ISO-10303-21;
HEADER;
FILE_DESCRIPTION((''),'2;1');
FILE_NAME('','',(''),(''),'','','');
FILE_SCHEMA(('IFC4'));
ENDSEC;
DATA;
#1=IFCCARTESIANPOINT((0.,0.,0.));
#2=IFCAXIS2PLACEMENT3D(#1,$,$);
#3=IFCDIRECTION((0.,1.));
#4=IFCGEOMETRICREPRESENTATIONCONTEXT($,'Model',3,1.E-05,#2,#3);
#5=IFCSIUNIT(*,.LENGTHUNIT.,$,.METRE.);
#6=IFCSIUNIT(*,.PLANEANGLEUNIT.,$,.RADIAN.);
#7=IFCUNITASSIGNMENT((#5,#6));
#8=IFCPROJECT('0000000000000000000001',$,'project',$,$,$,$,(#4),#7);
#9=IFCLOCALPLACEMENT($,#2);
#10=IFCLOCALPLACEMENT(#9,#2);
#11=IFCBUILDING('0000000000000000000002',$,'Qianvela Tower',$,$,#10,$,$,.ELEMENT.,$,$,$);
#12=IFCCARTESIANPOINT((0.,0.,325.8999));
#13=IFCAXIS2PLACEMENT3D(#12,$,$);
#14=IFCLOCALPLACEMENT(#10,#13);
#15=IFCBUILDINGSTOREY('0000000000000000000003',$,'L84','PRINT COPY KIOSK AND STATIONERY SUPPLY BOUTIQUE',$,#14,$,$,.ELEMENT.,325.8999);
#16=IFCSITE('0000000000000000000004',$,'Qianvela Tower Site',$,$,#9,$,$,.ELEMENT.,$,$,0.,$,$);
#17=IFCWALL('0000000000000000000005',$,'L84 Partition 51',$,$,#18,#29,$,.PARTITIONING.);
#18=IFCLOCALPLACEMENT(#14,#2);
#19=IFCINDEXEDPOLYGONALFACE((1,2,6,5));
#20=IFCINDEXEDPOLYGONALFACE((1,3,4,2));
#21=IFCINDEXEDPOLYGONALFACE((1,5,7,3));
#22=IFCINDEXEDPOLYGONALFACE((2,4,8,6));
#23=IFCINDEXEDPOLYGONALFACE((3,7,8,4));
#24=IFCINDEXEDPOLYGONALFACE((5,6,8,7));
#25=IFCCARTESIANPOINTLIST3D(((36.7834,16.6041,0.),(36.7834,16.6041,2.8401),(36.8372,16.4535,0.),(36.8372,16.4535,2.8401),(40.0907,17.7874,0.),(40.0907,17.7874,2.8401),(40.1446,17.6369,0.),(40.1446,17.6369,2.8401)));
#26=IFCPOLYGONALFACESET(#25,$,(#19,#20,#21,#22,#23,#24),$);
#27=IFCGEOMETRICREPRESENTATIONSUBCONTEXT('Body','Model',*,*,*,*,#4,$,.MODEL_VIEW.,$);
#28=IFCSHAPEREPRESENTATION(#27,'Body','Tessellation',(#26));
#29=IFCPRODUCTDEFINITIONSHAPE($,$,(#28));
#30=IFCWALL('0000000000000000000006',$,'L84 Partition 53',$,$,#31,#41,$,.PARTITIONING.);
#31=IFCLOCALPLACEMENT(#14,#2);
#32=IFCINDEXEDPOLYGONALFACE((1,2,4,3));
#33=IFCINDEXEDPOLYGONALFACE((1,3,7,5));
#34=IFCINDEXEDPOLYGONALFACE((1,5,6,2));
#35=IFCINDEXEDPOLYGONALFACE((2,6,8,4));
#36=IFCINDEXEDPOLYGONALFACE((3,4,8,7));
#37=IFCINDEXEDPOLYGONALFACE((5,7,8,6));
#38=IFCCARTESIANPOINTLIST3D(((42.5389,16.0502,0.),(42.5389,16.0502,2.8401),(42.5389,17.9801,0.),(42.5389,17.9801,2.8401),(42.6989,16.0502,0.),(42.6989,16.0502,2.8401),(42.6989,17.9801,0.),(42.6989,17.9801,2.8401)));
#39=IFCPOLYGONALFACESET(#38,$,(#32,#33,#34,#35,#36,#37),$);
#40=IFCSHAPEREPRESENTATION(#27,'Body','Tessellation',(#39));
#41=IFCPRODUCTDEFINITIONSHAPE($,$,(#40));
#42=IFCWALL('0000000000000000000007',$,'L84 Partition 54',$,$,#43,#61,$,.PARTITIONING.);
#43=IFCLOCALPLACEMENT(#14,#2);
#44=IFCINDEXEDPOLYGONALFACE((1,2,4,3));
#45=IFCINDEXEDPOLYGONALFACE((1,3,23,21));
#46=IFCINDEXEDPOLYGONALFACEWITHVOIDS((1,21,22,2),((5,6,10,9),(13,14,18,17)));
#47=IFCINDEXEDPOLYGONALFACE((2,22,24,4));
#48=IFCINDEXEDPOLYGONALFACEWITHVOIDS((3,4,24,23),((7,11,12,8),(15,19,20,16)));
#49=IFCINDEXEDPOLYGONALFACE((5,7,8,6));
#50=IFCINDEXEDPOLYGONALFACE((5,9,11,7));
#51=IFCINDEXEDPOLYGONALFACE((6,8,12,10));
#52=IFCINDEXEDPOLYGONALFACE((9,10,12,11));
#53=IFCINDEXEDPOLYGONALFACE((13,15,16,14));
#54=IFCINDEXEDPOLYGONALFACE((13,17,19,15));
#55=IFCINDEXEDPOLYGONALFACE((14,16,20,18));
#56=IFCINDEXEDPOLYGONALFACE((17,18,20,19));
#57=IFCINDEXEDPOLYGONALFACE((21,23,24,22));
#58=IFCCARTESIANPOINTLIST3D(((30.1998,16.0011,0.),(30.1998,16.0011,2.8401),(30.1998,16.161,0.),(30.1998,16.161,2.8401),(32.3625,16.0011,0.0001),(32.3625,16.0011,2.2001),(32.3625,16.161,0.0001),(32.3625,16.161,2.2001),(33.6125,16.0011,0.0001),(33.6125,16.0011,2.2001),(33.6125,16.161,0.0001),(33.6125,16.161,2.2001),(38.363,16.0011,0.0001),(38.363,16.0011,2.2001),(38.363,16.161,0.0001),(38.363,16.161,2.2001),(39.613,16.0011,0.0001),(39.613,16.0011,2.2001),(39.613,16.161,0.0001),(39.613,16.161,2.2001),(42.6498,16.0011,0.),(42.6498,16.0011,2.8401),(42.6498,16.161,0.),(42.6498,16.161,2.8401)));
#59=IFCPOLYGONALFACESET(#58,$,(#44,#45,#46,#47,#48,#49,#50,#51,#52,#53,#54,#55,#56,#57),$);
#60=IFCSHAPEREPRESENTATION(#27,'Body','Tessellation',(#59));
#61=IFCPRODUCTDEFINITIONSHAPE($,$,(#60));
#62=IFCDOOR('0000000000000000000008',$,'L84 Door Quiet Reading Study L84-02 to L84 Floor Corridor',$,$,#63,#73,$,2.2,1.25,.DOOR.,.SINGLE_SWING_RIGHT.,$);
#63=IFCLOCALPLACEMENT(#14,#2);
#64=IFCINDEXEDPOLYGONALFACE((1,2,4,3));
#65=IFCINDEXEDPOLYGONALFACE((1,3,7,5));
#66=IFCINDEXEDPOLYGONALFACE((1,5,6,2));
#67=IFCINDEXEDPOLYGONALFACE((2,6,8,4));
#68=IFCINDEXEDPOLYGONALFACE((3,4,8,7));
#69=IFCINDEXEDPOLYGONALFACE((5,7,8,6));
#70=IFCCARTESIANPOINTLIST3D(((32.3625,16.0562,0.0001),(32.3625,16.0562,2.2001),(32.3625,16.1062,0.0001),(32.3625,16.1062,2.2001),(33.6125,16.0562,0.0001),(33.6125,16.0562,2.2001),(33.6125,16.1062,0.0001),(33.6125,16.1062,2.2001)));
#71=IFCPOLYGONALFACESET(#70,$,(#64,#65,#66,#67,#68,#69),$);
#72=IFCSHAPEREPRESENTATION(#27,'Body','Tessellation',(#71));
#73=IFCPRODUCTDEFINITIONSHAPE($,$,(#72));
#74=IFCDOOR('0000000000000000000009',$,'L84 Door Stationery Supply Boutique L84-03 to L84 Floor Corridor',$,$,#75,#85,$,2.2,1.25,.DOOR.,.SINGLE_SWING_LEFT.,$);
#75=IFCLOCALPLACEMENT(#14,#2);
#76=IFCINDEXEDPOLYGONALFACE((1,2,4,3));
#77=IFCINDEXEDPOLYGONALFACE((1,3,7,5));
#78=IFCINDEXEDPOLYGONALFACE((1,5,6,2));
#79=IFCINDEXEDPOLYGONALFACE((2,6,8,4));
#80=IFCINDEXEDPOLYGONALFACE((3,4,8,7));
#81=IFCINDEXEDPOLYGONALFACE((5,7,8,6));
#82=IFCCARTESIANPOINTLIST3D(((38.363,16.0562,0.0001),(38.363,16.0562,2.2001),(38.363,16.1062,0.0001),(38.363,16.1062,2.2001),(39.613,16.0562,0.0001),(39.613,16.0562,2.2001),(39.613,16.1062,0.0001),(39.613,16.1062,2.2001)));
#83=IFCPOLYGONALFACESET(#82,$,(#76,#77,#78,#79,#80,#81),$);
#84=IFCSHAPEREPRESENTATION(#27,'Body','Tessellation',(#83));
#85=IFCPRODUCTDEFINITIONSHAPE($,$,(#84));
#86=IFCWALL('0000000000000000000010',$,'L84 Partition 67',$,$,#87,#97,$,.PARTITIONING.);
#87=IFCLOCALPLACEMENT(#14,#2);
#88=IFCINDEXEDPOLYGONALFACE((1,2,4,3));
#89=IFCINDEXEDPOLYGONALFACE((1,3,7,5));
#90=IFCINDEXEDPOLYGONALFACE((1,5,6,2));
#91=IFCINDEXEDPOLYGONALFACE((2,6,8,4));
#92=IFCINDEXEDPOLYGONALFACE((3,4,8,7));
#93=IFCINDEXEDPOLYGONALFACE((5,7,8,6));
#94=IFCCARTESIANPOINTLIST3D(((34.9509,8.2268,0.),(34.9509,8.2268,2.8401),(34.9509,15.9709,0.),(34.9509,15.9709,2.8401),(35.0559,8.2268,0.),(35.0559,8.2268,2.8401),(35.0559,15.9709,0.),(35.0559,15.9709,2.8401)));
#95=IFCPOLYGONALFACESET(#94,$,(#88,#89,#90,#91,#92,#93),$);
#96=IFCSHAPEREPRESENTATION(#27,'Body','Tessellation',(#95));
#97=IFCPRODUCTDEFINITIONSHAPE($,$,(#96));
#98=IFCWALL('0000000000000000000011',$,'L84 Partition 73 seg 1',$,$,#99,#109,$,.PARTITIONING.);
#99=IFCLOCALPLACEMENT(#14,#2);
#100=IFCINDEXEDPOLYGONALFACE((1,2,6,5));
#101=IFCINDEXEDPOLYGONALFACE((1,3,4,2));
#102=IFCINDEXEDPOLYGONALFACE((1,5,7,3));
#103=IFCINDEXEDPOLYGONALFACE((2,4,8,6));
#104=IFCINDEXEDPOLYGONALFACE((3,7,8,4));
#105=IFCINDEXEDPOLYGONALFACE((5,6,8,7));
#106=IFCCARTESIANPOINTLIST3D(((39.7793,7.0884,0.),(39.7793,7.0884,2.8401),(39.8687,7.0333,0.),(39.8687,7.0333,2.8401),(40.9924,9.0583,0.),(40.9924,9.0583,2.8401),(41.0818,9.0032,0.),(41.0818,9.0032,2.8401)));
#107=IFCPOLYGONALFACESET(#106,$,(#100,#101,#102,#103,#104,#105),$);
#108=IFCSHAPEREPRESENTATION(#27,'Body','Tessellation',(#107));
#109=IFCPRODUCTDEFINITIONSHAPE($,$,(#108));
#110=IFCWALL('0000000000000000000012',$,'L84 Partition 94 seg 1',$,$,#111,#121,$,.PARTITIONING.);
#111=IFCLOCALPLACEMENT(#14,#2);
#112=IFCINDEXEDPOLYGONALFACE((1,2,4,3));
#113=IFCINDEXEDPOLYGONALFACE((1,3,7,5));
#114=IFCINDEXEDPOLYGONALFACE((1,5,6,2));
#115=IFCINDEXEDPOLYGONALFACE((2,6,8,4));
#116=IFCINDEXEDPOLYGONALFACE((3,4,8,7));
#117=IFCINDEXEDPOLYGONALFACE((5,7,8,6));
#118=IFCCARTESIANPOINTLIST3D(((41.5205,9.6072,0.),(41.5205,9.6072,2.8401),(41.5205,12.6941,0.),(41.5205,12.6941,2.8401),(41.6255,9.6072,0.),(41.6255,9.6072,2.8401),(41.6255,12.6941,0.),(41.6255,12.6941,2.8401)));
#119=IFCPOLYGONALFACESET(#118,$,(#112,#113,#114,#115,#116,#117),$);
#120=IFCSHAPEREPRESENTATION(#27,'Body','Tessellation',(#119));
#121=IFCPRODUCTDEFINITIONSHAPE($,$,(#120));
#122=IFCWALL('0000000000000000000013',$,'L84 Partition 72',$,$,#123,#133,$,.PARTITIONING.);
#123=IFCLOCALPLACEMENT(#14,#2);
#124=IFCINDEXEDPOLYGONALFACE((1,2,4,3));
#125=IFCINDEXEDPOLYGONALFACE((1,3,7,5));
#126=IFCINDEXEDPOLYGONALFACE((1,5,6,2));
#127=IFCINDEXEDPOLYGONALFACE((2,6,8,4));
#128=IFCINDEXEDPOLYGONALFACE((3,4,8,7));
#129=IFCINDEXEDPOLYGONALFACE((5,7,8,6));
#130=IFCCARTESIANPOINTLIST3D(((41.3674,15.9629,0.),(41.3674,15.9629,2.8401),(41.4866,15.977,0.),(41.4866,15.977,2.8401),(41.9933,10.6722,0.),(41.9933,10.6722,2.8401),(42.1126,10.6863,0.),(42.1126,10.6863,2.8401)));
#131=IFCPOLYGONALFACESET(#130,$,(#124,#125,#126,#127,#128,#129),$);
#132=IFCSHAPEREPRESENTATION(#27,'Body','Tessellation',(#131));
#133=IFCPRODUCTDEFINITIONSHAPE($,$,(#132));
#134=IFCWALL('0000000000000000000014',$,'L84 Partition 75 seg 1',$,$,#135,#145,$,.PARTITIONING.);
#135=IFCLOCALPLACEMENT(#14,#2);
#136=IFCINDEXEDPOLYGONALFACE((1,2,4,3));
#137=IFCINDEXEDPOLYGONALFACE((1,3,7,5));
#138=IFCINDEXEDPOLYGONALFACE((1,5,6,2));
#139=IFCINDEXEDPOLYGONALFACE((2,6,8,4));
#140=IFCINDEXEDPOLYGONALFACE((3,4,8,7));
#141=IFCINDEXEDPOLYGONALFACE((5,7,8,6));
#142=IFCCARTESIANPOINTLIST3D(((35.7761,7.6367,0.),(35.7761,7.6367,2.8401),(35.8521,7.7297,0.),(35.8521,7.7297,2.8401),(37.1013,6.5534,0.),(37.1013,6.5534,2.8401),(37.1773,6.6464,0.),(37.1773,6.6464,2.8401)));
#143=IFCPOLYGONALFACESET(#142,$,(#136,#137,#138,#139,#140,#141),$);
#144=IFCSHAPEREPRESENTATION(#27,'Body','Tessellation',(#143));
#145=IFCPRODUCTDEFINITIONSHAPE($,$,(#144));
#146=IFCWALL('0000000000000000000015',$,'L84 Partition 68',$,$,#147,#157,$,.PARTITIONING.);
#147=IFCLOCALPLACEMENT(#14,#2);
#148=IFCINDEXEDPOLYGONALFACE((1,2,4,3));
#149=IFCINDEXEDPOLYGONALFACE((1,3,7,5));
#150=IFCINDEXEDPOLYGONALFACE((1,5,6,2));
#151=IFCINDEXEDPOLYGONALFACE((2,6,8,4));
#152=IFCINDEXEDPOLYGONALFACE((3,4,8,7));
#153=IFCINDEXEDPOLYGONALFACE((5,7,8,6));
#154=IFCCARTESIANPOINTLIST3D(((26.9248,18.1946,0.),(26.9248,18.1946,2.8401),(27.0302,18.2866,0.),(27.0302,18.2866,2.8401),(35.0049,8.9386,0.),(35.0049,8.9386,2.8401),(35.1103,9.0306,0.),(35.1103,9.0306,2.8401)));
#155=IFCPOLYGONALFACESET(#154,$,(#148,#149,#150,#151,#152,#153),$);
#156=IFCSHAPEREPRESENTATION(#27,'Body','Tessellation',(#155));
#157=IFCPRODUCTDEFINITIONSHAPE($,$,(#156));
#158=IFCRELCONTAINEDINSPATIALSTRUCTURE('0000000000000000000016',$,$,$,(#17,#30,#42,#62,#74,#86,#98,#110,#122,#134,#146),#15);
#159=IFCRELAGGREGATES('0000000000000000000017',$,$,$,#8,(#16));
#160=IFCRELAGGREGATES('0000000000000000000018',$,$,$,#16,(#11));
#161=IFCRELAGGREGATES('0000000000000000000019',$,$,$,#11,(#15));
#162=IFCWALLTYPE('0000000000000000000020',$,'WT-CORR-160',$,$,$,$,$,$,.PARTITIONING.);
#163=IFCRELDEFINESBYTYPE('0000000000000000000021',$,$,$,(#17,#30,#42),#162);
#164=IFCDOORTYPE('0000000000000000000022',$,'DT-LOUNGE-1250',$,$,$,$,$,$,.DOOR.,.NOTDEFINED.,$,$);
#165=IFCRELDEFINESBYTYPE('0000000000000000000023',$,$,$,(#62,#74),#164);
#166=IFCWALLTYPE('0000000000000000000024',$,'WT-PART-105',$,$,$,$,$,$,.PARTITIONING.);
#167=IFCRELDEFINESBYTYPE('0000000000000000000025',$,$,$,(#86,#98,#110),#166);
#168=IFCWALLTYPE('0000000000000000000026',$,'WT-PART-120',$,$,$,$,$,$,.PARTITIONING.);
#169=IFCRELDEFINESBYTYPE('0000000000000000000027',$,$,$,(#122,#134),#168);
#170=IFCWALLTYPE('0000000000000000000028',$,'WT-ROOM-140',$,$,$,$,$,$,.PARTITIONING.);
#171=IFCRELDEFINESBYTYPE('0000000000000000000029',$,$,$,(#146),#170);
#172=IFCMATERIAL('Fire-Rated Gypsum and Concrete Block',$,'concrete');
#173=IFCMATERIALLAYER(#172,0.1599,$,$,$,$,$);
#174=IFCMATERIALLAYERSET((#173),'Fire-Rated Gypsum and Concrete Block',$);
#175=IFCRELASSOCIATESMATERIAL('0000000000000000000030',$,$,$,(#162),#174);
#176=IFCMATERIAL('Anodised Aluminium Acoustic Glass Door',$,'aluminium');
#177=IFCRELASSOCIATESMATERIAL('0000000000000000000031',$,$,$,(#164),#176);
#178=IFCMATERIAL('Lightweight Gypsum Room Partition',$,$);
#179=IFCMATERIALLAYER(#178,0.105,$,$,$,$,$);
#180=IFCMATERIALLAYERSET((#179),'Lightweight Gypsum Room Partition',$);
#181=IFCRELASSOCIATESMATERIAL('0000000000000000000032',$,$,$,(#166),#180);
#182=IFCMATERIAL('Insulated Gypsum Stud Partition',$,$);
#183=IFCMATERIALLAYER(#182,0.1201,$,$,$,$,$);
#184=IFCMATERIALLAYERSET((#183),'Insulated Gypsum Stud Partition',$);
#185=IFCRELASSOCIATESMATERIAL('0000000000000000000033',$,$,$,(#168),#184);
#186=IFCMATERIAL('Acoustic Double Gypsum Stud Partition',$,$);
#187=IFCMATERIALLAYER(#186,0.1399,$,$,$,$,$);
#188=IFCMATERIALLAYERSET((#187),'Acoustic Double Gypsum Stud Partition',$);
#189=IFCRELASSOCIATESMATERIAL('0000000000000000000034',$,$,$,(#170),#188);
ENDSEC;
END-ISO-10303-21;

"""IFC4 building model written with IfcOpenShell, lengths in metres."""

from ifc_helpers import new_model, si_unit, direction, frame, frame_2d, origin, place, context, subcontext, project, spatial, rectangle, extrude, material, layer, layer_set, type_object, element, fill, save


model = new_model("IFC4")

# Units and contexts
model_context = context("Model", 3, precision=1e-05, world=origin(), true_north=direction((0.0, 1.0)))
body_context = subcontext(model_context, "Body", "Model", "MODEL_VIEW")
ifc_project = project(units=[si_unit("LENGTHUNIT", "METRE"), si_unit("PLANEANGLEUNIT", "RADIAN")], contexts=[model_context])

# Site, building, storey
site_placement = place(None, origin())
site = spatial("IfcSite", under=ifc_project, at=site_placement, Name="Qianvela Tower Site", CompositionType="ELEMENT", RefElevation=0.0)
building_placement = place(site_placement, origin())
building = spatial("IfcBuilding", under=site, at=building_placement, Name="Qianvela Tower", CompositionType="ELEMENT")
storey_placement = place(building_placement, frame((0.0, 0.0, 325.8999)))
storey = spatial("IfcBuildingStorey", under=building, at=storey_placement, Name="L84", Description="PRINT COPY KIOSK AND STATIONERY SUPPLY BOUTIQUE", CompositionType="ELEMENT", Elevation=325.8999)

# Shared definitions
ifc_material_1 = material(Name="Fire-Rated Gypsum and Concrete Block", Category="concrete")
ifc_layer_1 = layer(ifc_material_1, 0.1599)
ifc_layer_set_1 = layer_set([ifc_layer_1], Name="Fire-Rated Gypsum and Concrete Block")
wall_type_1 = type_object("IfcWallType", Name="WT-CORR-160", PredefinedType="PARTITIONING", material=ifc_layer_set_1)

# Walls
wall_1_placement = place(storey_placement, frame((36.8103, 16.5288, 0.0), z_axis=(0.0, 0.0, 1.0), x_axis=(0.941548, 0.336878, 0.0)))
element("IfcWall", 1, at=wall_1_placement, inside=storey, type_object=wall_type_1, Name="L84 Partition 51", PredefinedType="PARTITIONING", context=body_context, shape_type="SweptSolid", body=[
    extrude(rectangle(XDim=3.5127, YDim=0.1599, at=frame_2d((1.7563, 0.0))), origin(), (0.0, 0.0, 1.0), 2.8401),
])
wall_2_placement = place(storey_placement, frame((42.6189, 17.98, 0.0), z_axis=(0.0, 0.0, 1.0), x_axis=(0.0, -1.0, 0.0)))
element("IfcWall", 2, at=wall_2_placement, inside=storey, type_object=wall_type_1, Name="L84 Partition 53", PredefinedType="PARTITIONING", context=body_context, shape_type="SweptSolid", body=[
    extrude(rectangle(XDim=1.9299, YDim=0.1599, at=frame_2d((0.9648, 0.0))), origin(), (0.0, 0.0, 1.0), 2.8401),
])

# Wall, openings, doors
wall_3_placement = place(storey_placement, frame((42.6499, 16.0811, 0.0), z_axis=(0.0, 0.0, 1.0), x_axis=(-1.0, 0.0, 0.0)))
wall_3 = element("IfcWall", 3, at=wall_3_placement, inside=storey, type_object=wall_type_1, Name="L84 Partition 54", PredefinedType="PARTITIONING", context=body_context, shape_type="SweptSolid", body=[
    extrude(rectangle(XDim=12.45, YDim=0.1599, at=frame_2d((6.2251, 0.0))), origin(), (0.0, 0.0, 1.0), 2.8401),
])
opening_1_placement = place(wall_3_placement, frame((9.0374, 0.0, 0.0)))
opening_1 = element("IfcOpeningElement", 4, at=opening_1_placement, cuts=wall_3, PredefinedType="OPENING", context=body_context, shape_type="SweptSolid", body=[
    extrude(rectangle(XDim=1.25, YDim=2.2, at=frame_2d((0.625, 1.1001))), frame((0.0, 0.0898, 0.0), z_axis=(0.0, -1.0, 0.0), x_axis=(1.0, 0.0, 0.0)), (0.0, 0.0, 1.0), 0.1799),
])
opening_2_placement = place(wall_3_placement, frame((3.0369, 0.0, 0.0)))
opening_2 = element("IfcOpeningElement", 5, at=opening_2_placement, cuts=wall_3, PredefinedType="OPENING", context=body_context, shape_type="SweptSolid", body=[
    extrude(rectangle(XDim=1.25, YDim=2.2, at=frame_2d((0.625, 1.1001))), frame((0.0, 0.0898, 0.0), z_axis=(0.0, -1.0, 0.0), x_axis=(1.0, 0.0, 0.0)), (0.0, 0.0, 1.0), 0.1799),
])
ifc_material_2 = material(Name="Anodised Aluminium Acoustic Glass Door", Category="aluminium")
door_type_1 = type_object("IfcDoorType", Name="DT-LOUNGE-1250", OperationType="NOTDEFINED", PredefinedType="DOOR", material=ifc_material_2)
door_1_placement = place(opening_1_placement, origin())
door_1 = element("IfcDoor", 6, at=door_1_placement, inside=storey, type_object=door_type_1, Name="L84 Door Quiet Reading Study L84-02 to L84 Floor Corridor", OperationType="SINGLE_SWING_RIGHT", OverallHeight=2.2, OverallWidth=1.25, PredefinedType="DOOR", context=body_context, shape_type="SweptSolid", body=[
    extrude(rectangle(XDim=1.25, YDim=2.2, at=frame_2d((0.625, 1.1001))), frame((0.0, 0.0249, 0.0), z_axis=(0.0, -1.0, 0.0), x_axis=(1.0, 0.0, 0.0)), (0.0, 0.0, 1.0), 0.05),
])
fill(opening_1, door_1)
door_2_placement = place(opening_2_placement, origin())
door_2 = element("IfcDoor", 7, at=door_2_placement, inside=storey, type_object=door_type_1, Name="L84 Door Stationery Supply Boutique L84-03 to L84 Floor Corridor", OperationType="SINGLE_SWING_LEFT", OverallHeight=2.2, OverallWidth=1.25, PredefinedType="DOOR", context=body_context, shape_type="SweptSolid", body=[
    extrude(rectangle(XDim=1.25, YDim=2.2, at=frame_2d((0.625, 1.1001))), frame((0.0, 0.0249, 0.0), z_axis=(0.0, -1.0, 0.0), x_axis=(1.0, 0.0, 0.0)), (0.0, 0.0, 1.0), 0.05),
])
fill(opening_2, door_2)

# Walls
ifc_material_3 = material(Name="Lightweight Gypsum Room Partition")
ifc_layer_2 = layer(ifc_material_3, 0.105)
ifc_layer_set_2 = layer_set([ifc_layer_2], Name="Lightweight Gypsum Room Partition")
wall_type_2 = type_object("IfcWallType", Name="WT-PART-105", PredefinedType="PARTITIONING", material=ifc_layer_set_2)
wall_4_placement = place(storey_placement, frame((35.0034, 15.9709, 0.0), z_axis=(0.0, 0.0, 1.0), x_axis=(0.0, -1.0, 0.0)))
element("IfcWall", 8, at=wall_4_placement, inside=storey, type_object=wall_type_2, Name="L84 Partition 67", PredefinedType="PARTITIONING", context=body_context, shape_type="SweptSolid", body=[
    extrude(rectangle(XDim=7.7441, YDim=0.105, at=frame_2d((3.8721, 0.0))), origin(), (0.0, 0.0, 1.0), 2.8401),
])
wall_5_placement = place(storey_placement, frame((41.0371, 9.0308, 0.0), z_axis=(0.0, 0.0, 1.0), x_axis=(-0.524362, -0.851495, 0.0)))
element("IfcWall", 9, at=wall_5_placement, inside=storey, type_object=wall_type_2, Name="L84 Partition 73 seg 1", PredefinedType="PARTITIONING", context=body_context, shape_type="SweptSolid", body=[
    extrude(rectangle(XDim=2.3135, YDim=0.105, at=frame_2d((1.1567, 0.0))), origin(), (0.0, 0.0, 1.0), 2.8401),
])
wall_6_placement = place(storey_placement, frame((41.573, 9.6072, 0.0), z_axis=(0.0, 0.0, 1.0), x_axis=(0.0, 1.0, 0.0)))
element("IfcWall", 10, at=wall_6_placement, inside=storey, type_object=wall_type_2, Name="L84 Partition 94 seg 1", PredefinedType="PARTITIONING", context=body_context, shape_type="SweptSolid", body=[
    extrude(rectangle(XDim=3.0869, YDim=0.105, at=frame_2d((1.5435, 0.0))), origin(), (0.0, 0.0, 1.0), 2.8401),
])
ifc_material_4 = material(Name="Insulated Gypsum Stud Partition")
ifc_layer_3 = layer(ifc_material_4, 0.1201)
ifc_layer_set_3 = layer_set([ifc_layer_3], Name="Insulated Gypsum Stud Partition")
wall_type_3 = type_object("IfcWallType", Name="WT-PART-120", PredefinedType="PARTITIONING", material=ifc_layer_set_3)
wall_7_placement = place(storey_placement, frame((41.427, 15.97, 0.0), z_axis=(0.0, 0.0, 1.0), x_axis=(0.117495, -0.993073, 0.0)))
element("IfcWall", 11, at=wall_7_placement, inside=storey, type_object=wall_type_3, Name="L84 Partition 72", PredefinedType="PARTITIONING", context=body_context, shape_type="SweptSolid", body=[
    extrude(rectangle(XDim=5.3276, YDim=0.1201, at=frame_2d((2.6638, 0.0))), origin(), (0.0, 0.0, 1.0), 2.8401),
])
wall_8_placement = place(storey_placement, frame((37.1394, 6.5999, 0.0), z_axis=(0.0, 0.0, 1.0), x_axis=(-0.774243, 0.632888, 0.0)))
element("IfcWall", 12, at=wall_8_placement, inside=storey, type_object=wall_type_3, Name="L84 Partition 75 seg 1", PredefinedType="PARTITIONING", context=body_context, shape_type="SweptSolid", body=[
    extrude(rectangle(XDim=1.7117, YDim=0.1201, at=frame_2d((0.856, 0.0))), origin(), (0.0, 0.0, 1.0), 2.8401),
])
ifc_material_5 = material(Name="Acoustic Double Gypsum Stud Partition")
ifc_layer_4 = layer(ifc_material_5, 0.1399)
ifc_layer_set_4 = layer_set([ifc_layer_4], Name="Acoustic Double Gypsum Stud Partition")
wall_type_4 = type_object("IfcWallType", Name="WT-ROOM-140", PredefinedType="PARTITIONING", material=ifc_layer_set_4)
wall_9_placement = place(storey_placement, frame((35.0576, 8.9846, 0.0), z_axis=(0.0, 0.0, 1.0), x_axis=(-0.657638, 0.753334, 0.0)))
element("IfcWall", 13, at=wall_9_placement, inside=storey, type_object=wall_type_4, Name="L84 Partition 68", PredefinedType="PARTITIONING", context=body_context, shape_type="SweptSolid", body=[
    extrude(rectangle(XDim=12.2866, YDim=0.1399, at=frame_2d((6.1433, 0.0))), origin(), (0.0, 0.0, 1.0), 2.8401),
])

save(model, "model.ifc")
